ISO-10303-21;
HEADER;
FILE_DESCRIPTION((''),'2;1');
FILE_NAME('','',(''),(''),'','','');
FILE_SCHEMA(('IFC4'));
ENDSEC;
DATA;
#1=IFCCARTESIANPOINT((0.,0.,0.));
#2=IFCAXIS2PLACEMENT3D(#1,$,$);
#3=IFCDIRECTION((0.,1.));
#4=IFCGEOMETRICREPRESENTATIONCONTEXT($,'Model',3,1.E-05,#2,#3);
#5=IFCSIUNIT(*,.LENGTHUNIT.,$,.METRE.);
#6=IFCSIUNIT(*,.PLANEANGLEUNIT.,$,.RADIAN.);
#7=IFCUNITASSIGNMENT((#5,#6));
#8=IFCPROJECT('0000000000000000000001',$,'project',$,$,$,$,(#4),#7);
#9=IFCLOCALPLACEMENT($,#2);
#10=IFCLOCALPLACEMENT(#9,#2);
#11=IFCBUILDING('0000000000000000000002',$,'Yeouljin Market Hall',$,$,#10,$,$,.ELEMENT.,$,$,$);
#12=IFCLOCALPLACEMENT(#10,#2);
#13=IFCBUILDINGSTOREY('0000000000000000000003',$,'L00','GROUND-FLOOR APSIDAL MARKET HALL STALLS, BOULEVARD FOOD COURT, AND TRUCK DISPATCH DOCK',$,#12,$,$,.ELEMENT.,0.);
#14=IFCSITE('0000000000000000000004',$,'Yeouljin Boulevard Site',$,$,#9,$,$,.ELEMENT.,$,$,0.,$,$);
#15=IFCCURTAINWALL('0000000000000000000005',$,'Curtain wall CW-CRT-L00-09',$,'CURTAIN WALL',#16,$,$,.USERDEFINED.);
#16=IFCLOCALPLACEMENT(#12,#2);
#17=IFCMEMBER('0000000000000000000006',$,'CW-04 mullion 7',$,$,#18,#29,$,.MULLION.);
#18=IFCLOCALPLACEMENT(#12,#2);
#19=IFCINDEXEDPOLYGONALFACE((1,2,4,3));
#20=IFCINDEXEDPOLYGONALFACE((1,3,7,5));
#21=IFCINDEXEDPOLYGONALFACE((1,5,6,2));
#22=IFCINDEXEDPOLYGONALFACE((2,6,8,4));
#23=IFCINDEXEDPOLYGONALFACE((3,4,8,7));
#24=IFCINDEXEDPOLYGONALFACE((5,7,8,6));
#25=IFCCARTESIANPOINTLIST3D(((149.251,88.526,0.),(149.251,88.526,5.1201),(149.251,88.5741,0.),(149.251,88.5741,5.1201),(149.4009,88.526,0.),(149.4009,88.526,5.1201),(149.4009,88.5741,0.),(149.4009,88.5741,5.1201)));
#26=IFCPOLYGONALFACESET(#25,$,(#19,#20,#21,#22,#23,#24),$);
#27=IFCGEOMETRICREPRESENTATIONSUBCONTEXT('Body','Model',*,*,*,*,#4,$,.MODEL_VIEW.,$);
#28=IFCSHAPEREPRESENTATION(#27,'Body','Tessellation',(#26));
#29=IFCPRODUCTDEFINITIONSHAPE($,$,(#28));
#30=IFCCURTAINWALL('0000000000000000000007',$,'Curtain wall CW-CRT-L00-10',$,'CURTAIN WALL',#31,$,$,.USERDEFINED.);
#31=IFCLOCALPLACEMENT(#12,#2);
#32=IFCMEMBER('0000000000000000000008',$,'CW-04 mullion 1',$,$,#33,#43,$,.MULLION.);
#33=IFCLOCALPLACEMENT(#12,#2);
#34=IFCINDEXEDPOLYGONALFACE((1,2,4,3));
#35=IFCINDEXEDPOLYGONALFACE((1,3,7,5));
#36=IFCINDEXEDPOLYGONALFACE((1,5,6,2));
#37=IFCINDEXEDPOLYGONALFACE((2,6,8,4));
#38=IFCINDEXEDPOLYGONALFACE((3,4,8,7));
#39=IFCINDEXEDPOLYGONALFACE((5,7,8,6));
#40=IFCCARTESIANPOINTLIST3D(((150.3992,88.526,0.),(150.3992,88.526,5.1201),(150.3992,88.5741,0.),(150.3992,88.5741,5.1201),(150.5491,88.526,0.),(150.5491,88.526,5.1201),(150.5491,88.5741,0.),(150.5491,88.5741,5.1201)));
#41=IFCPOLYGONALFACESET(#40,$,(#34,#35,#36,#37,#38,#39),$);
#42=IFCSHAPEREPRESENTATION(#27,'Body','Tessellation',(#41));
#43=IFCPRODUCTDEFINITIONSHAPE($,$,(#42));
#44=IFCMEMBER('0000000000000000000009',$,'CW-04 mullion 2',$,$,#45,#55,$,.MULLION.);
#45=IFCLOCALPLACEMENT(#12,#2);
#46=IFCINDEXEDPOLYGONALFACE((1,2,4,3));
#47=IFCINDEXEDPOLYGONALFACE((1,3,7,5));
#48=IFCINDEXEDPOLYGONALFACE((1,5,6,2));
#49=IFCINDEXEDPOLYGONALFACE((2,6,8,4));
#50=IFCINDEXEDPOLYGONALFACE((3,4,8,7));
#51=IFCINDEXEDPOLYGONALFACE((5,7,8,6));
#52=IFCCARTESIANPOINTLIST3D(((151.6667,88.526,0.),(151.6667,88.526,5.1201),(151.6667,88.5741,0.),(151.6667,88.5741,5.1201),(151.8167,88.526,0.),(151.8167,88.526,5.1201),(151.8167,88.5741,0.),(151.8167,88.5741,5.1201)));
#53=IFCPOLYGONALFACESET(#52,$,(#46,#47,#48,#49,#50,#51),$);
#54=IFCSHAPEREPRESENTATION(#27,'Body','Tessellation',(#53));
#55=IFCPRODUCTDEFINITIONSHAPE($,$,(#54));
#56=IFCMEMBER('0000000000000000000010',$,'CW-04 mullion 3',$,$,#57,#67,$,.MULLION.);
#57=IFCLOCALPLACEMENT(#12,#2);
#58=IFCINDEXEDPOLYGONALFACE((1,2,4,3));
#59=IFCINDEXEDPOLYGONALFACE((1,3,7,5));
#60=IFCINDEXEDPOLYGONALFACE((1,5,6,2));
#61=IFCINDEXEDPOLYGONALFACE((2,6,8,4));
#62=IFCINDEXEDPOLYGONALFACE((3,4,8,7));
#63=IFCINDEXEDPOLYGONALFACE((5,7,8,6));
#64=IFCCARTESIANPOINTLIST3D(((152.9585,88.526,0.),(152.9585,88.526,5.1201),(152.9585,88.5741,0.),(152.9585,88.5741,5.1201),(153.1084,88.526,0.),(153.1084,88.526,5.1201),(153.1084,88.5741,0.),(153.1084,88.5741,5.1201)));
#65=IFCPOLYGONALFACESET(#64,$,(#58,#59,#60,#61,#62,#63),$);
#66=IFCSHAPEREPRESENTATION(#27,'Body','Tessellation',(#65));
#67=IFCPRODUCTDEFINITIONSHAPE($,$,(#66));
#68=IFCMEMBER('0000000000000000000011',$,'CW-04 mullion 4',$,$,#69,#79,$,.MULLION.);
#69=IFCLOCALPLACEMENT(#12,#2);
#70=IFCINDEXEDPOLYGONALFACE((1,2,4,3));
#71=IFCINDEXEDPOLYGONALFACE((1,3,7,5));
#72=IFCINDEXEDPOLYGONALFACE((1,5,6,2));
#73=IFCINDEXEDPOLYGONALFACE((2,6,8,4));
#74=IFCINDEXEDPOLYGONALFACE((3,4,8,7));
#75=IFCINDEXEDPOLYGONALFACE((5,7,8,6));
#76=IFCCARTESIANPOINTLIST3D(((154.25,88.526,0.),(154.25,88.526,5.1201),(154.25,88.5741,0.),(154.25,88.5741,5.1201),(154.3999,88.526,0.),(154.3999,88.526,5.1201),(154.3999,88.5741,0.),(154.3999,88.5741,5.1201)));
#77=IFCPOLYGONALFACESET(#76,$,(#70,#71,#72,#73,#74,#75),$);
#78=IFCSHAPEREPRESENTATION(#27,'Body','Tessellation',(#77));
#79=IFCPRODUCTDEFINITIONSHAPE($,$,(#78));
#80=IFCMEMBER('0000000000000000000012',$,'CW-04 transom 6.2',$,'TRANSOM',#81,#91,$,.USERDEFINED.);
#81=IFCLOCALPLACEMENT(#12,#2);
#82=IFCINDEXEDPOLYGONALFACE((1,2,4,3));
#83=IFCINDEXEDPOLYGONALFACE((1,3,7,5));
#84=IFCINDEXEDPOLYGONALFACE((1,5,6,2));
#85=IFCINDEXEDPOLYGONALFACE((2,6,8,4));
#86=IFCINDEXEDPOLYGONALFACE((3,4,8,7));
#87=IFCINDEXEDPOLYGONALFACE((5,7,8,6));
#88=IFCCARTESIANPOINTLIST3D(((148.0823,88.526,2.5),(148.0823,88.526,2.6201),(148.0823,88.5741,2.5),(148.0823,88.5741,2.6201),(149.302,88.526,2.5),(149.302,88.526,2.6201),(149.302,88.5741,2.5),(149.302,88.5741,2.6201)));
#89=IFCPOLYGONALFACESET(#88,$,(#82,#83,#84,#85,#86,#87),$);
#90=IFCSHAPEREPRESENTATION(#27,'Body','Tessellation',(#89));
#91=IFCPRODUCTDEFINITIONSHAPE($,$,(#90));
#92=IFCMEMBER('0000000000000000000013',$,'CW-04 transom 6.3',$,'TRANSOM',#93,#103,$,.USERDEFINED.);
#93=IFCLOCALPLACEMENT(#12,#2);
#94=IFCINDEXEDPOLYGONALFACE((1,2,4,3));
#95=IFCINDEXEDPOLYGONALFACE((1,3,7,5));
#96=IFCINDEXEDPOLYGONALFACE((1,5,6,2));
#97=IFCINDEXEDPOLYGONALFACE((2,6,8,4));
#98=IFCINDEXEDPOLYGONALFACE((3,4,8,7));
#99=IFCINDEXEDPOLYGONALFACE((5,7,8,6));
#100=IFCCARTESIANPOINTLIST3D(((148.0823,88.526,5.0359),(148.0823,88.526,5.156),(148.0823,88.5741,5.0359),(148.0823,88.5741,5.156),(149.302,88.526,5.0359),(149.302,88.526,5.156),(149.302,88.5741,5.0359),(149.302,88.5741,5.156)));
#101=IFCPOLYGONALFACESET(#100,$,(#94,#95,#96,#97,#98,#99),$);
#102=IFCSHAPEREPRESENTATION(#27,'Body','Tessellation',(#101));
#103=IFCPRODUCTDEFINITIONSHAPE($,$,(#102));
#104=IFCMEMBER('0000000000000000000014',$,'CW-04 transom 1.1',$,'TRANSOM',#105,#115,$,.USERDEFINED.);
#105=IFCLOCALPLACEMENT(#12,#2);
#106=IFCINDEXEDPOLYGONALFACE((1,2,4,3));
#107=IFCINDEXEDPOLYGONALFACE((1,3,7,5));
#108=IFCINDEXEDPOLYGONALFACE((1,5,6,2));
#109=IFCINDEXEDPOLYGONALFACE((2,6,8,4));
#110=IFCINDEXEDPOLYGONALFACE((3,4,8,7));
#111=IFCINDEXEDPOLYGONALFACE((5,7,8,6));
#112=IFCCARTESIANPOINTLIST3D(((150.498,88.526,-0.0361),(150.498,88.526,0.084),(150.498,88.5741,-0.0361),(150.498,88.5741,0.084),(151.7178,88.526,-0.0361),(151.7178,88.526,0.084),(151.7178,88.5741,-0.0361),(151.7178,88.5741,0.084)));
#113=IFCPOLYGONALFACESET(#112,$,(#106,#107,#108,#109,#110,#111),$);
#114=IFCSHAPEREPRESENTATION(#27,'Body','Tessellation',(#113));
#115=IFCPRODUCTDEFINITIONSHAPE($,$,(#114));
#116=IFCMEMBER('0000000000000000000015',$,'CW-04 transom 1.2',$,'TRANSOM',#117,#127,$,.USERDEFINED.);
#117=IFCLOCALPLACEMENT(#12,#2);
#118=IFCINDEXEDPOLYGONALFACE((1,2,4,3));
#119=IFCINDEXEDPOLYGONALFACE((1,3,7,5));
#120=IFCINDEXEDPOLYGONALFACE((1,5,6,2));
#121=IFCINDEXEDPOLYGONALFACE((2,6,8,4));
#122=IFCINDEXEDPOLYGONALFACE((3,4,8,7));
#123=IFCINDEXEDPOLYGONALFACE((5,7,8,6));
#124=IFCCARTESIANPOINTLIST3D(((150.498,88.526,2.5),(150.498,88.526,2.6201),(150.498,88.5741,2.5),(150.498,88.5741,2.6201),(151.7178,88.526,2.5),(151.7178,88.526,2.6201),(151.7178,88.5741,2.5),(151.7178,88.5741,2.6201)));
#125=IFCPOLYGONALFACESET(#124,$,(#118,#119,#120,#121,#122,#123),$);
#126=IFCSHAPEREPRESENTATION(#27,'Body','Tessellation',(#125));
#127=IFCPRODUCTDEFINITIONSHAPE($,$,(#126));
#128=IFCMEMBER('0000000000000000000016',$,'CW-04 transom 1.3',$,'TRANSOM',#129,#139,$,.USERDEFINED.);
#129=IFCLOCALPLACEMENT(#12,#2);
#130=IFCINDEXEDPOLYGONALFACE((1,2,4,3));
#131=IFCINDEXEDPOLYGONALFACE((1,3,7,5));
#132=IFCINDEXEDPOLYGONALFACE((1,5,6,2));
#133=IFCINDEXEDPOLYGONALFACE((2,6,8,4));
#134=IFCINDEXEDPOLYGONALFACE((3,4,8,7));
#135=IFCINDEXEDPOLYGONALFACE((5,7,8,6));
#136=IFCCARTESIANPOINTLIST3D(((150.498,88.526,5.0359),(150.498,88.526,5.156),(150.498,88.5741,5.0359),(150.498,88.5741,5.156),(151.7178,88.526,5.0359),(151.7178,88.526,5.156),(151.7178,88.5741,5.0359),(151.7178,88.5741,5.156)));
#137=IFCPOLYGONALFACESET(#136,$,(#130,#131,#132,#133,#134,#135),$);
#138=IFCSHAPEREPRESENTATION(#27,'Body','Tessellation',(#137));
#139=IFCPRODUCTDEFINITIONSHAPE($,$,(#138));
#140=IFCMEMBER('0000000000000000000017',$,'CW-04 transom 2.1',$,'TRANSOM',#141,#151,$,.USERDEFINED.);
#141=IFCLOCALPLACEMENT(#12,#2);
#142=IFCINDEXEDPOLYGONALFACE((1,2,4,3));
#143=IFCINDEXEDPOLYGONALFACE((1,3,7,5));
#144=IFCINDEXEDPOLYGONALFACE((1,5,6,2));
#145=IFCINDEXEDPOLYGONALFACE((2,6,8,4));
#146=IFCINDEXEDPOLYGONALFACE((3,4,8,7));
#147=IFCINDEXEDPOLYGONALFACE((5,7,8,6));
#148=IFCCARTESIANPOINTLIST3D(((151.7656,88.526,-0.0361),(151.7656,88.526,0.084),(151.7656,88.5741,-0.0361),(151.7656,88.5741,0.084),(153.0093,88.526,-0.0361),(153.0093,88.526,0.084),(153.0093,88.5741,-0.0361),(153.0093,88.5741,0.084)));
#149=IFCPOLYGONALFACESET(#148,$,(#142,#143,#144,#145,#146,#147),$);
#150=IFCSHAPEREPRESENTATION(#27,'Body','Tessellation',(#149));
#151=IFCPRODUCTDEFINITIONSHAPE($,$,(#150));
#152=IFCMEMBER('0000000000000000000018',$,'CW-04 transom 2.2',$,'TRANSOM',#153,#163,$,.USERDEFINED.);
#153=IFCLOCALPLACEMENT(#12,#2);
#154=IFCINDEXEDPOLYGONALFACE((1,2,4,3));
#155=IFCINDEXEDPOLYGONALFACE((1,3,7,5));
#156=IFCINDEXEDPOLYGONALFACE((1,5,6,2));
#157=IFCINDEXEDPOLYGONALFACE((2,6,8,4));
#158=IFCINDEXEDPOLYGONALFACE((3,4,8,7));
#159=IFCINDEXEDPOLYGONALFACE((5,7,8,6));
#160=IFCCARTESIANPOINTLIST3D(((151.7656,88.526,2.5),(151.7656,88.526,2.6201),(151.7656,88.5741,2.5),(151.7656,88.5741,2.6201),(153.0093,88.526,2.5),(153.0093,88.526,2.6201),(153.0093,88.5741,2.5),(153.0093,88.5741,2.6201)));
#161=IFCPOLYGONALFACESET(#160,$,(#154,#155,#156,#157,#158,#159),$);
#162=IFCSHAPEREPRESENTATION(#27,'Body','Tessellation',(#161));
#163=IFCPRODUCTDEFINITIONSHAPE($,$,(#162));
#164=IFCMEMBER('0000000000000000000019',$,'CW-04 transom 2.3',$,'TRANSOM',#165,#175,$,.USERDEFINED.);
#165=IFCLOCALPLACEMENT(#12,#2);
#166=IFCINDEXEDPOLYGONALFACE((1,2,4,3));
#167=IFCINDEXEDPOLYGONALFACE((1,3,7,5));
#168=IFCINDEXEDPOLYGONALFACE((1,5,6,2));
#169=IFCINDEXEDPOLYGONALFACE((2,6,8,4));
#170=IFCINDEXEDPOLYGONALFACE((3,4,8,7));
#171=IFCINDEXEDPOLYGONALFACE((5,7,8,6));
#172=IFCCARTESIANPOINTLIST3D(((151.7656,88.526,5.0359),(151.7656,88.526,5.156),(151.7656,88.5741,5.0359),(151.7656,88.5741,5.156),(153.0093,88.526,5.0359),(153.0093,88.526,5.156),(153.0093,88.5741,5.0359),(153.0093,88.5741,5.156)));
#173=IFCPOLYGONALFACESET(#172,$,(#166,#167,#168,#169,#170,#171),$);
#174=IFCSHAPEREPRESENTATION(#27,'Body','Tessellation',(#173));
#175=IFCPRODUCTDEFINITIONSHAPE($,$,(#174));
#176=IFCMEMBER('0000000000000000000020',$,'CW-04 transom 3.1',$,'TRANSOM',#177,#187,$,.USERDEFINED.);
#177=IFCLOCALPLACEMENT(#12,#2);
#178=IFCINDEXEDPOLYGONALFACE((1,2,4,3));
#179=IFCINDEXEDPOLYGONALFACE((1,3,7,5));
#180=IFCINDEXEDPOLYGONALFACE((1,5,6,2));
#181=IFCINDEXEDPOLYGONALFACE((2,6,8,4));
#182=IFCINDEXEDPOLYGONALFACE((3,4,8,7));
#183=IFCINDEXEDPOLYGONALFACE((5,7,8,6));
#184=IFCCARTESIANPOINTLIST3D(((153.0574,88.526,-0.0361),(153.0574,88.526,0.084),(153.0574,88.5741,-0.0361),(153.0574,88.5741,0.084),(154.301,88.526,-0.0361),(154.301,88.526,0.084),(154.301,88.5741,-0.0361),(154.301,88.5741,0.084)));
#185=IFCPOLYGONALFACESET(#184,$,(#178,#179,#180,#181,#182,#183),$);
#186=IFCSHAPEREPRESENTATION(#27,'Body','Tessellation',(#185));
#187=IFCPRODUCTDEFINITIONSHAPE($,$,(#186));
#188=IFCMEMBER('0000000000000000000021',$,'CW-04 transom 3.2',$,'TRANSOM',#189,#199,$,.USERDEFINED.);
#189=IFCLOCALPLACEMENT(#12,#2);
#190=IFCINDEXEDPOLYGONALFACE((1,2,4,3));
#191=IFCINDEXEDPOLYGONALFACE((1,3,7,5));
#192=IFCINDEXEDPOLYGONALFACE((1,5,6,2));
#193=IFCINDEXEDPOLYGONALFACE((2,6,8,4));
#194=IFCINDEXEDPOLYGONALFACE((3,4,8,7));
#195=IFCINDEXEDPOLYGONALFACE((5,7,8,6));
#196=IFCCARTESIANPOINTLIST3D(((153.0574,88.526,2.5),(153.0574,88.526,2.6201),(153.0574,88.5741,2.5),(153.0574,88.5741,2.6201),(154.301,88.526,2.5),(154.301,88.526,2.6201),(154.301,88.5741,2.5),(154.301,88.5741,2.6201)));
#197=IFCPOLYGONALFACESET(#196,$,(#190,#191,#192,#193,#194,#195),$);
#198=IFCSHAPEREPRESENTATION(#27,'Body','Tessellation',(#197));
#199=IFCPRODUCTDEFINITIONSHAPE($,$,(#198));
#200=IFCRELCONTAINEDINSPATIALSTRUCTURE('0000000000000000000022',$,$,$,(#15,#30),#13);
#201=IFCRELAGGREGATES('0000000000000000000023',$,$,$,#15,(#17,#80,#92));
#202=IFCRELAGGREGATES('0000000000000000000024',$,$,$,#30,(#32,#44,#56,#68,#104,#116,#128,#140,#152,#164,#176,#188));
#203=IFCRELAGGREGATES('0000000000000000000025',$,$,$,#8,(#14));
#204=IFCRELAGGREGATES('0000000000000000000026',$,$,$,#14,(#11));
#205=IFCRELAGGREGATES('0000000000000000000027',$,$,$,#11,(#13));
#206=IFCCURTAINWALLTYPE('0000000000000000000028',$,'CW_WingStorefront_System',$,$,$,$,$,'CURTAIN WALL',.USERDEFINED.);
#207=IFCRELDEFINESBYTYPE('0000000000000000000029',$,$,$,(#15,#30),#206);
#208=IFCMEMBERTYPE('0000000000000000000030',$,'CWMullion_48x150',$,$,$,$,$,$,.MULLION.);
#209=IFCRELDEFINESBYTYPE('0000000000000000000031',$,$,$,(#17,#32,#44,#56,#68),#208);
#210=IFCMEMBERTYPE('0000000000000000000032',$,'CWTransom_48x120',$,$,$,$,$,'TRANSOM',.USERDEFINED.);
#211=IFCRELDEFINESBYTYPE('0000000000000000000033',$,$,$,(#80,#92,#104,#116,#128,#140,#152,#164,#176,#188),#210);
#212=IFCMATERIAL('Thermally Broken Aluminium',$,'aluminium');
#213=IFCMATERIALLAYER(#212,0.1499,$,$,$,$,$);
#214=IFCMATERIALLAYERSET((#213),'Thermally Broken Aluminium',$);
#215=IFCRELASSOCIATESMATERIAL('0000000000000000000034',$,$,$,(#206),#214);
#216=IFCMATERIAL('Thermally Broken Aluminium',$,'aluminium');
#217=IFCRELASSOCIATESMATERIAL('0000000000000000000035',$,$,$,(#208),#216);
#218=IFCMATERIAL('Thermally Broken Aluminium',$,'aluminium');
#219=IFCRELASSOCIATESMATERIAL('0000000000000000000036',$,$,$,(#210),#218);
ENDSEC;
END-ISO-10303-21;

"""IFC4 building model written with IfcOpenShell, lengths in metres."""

from ifc_helpers import new_model, si_unit, direction, frame, origin, origin_2d, place, context, subcontext, project, spatial, rectangle, extrude, material, layer, layer_set, material_profile, profile_set, type_object, element, aggregate, save


model = new_model("IFC4")

# Units and contexts
model_context = context("Model", 3, precision=1e-05, world=origin(), true_north=direction((0.0, 1.0)))
body_context = subcontext(model_context, "Body", "Model", "MODEL_VIEW")
ifc_project = project(units=[si_unit("LENGTHUNIT", "METRE"), si_unit("PLANEANGLEUNIT", "RADIAN")], contexts=[model_context])

# Site, building, storey
site_placement = place(None, origin())
site = spatial("IfcSite", under=ifc_project, at=site_placement, Name="Yeouljin Boulevard Site", CompositionType="ELEMENT", RefElevation=0.0)
building_placement = place(site_placement, origin())
building = spatial("IfcBuilding", under=site, at=building_placement, Name="Yeouljin Market Hall", CompositionType="ELEMENT")
storey_placement = place(building_placement, origin())
storey = spatial("IfcBuildingStorey", under=building, at=storey_placement, Name="L00", Description="GROUND-FLOOR APSIDAL MARKET HALL STALLS, BOULEVARD FOOD COURT, AND TRUCK DISPATCH DOCK", CompositionType="ELEMENT", Elevation=0.0)

# Curtain wall, member
ifc_material_1 = material(Name="Thermally Broken Aluminium", Category="aluminium")
ifc_layer_1 = layer(ifc_material_1, 0.1499)
ifc_layer_set_1 = layer_set([ifc_layer_1], Name="Thermally Broken Aluminium")
curtain_wall_type = type_object("IfcCurtainWallType", Name="CW_WingStorefront_System", ElementType="CURTAIN WALL", PredefinedType="USERDEFINED", material=ifc_layer_set_1)
curtain_wall_1_placement = place(storey_placement, origin())
curtain_wall_1 = element("IfcCurtainWall", 1, at=curtain_wall_1_placement, inside=storey, type_object=curtain_wall_type, Name="Curtain wall CW-CRT-L00-09", ObjectType="CURTAIN WALL", PredefinedType="USERDEFINED")
ifc_material_2 = material(Name="Thermally Broken Aluminium", Category="aluminium")
ifc_material_profile_1 = material_profile(ifc_material_2, rectangle(XDim=0.0481, YDim=0.1499, at=origin_2d()), Name="CW-MULL-48x150")
ifc_profile_set_1 = profile_set([ifc_material_profile_1], Name="Thermally Broken Aluminium")
member_type_1 = type_object("IfcMemberType", Name="CWMullion_48x150", PredefinedType="MULLION", material=ifc_profile_set_1)
member_1_placement = place(storey_placement, frame((149.3259, 88.55, 0.0), z_axis=(0.0, 0.0, 1.0), x_axis=(0.0, 1.0, 0.0)))
member_1 = element("IfcMember", 2, at=member_1_placement, type_object=member_type_1, Name="CW-04 mullion 7", PredefinedType="MULLION", context=body_context, shape_type="SweptSolid", body=[
    extrude(rectangle(XDim=0.0481, YDim=0.1499, at=origin_2d()), origin(), (0.0, 0.0, 1.0), 5.1201),
])

# Curtain wall, members
curtain_wall_2_placement = place(storey_placement, origin())
curtain_wall_2 = element("IfcCurtainWall", 3, at=curtain_wall_2_placement, inside=storey, type_object=curtain_wall_type, Name="Curtain wall CW-CRT-L00-10", ObjectType="CURTAIN WALL", PredefinedType="USERDEFINED")
member_2_placement = place(storey_placement, frame((150.4741, 88.55, 0.0), z_axis=(0.0, 0.0, 1.0), x_axis=(0.0, 1.0, 0.0)))
member_2 = element("IfcMember", 4, at=member_2_placement, type_object=member_type_1, Name="CW-04 mullion 1", PredefinedType="MULLION", context=body_context, shape_type="SweptSolid", body=[
    extrude(rectangle(XDim=0.0481, YDim=0.1499, at=origin_2d()), origin(), (0.0, 0.0, 1.0), 5.1201),
])
member_3_placement = place(storey_placement, frame((151.7417, 88.55, 0.0), z_axis=(0.0, 0.0, 1.0), x_axis=(0.0, 1.0, 0.0)))
member_3 = element("IfcMember", 5, at=member_3_placement, type_object=member_type_1, Name="CW-04 mullion 2", PredefinedType="MULLION", context=body_context, shape_type="SweptSolid", body=[
    extrude(rectangle(XDim=0.0481, YDim=0.1499, at=origin_2d()), origin(), (0.0, 0.0, 1.0), 5.1201),
])
member_4_placement = place(storey_placement, frame((153.0334, 88.55, 0.0), z_axis=(0.0, 0.0, 1.0), x_axis=(0.0, 1.0, 0.0)))
member_4 = element("IfcMember", 6, at=member_4_placement, type_object=member_type_1, Name="CW-04 mullion 3", PredefinedType="MULLION", context=body_context, shape_type="SweptSolid", body=[
    extrude(rectangle(XDim=0.0481, YDim=0.1499, at=origin_2d()), origin(), (0.0, 0.0, 1.0), 5.1201),
])
member_5_placement = place(storey_placement, frame((154.325, 88.55, 0.0), z_axis=(0.0, 0.0, 1.0), x_axis=(0.0, 1.0, 0.0)))
member_5 = element("IfcMember", 7, at=member_5_placement, type_object=member_type_1, Name="CW-04 mullion 4", PredefinedType="MULLION", context=body_context, shape_type="SweptSolid", body=[
    extrude(rectangle(XDim=0.0481, YDim=0.1499, at=origin_2d()), origin(), (0.0, 0.0, 1.0), 5.1201),
])

# Members
ifc_material_3 = material(Name="Thermally Broken Aluminium", Category="aluminium")
ifc_material_profile_2 = material_profile(ifc_material_3, rectangle(XDim=0.0481, YDim=0.1201, at=origin_2d()), Name="CW-TRAN-48x120")
ifc_profile_set_2 = profile_set([ifc_material_profile_2], Name="Thermally Broken Aluminium")
member_type_2 = type_object("IfcMemberType", Name="CWTransom_48x120", ElementType="TRANSOM", PredefinedType="USERDEFINED", material=ifc_profile_set_2)
member_6_placement = place(storey_placement, frame((148.0823, 88.55, 2.5601), z_axis=(1.0, 0.0, 0.0), x_axis=(0.0, 1.0, 0.0)))
member_6 = element("IfcMember", 8, at=member_6_placement, type_object=member_type_2, Name="CW-04 transom 6.2", ObjectType="TRANSOM", PredefinedType="USERDEFINED", context=body_context, shape_type="SweptSolid", body=[
    extrude(rectangle(XDim=0.0481, YDim=0.1201, at=origin_2d()), origin(), (0.0, 0.0, 1.0), 1.2197),
])
member_7_placement = place(storey_placement, frame((148.0823, 88.55, 5.0959), z_axis=(1.0, 0.0, 0.0), x_axis=(0.0, 1.0, 0.0)))
member_7 = element("IfcMember", 9, at=member_7_placement, type_object=member_type_2, Name="CW-04 transom 6.3", ObjectType="TRANSOM", PredefinedType="USERDEFINED", context=body_context, shape_type="SweptSolid", body=[
    extrude(rectangle(XDim=0.0481, YDim=0.1201, at=origin_2d()), origin(), (0.0, 0.0, 1.0), 1.2197),
])
member_8_placement = place(storey_placement, frame((150.498, 88.55, 0.0239), z_axis=(1.0, 0.0, 0.0), x_axis=(0.0, 1.0, 0.0)))
member_8 = element("IfcMember", 10, at=member_8_placement, type_object=member_type_2, Name="CW-04 transom 1.1", ObjectType="TRANSOM", PredefinedType="USERDEFINED", context=body_context, shape_type="SweptSolid", body=[
    extrude(rectangle(XDim=0.0481, YDim=0.1201, at=origin_2d()), origin(), (0.0, 0.0, 1.0), 1.2197),
])
member_9_placement = place(storey_placement, frame((150.498, 88.55, 2.5601), z_axis=(1.0, 0.0, 0.0), x_axis=(0.0, 1.0, 0.0)))
member_9 = element("IfcMember", 11, at=member_9_placement, type_object=member_type_2, Name="CW-04 transom 1.2", ObjectType="TRANSOM", PredefinedType="USERDEFINED", context=body_context, shape_type="SweptSolid", body=[
    extrude(rectangle(XDim=0.0481, YDim=0.1201, at=origin_2d()), origin(), (0.0, 0.0, 1.0), 1.2197),
])
member_10_placement = place(storey_placement, frame((150.498, 88.55, 5.0959), z_axis=(1.0, 0.0, 0.0), x_axis=(0.0, 1.0, 0.0)))
member_10 = element("IfcMember", 12, at=member_10_placement, type_object=member_type_2, Name="CW-04 transom 1.3", ObjectType="TRANSOM", PredefinedType="USERDEFINED", context=body_context, shape_type="SweptSolid", body=[
    extrude(rectangle(XDim=0.0481, YDim=0.1201, at=origin_2d()), origin(), (0.0, 0.0, 1.0), 1.2197),
])
member_11_placement = place(storey_placement, frame((151.7656, 88.55, 0.0239), z_axis=(1.0, 0.0, 0.0), x_axis=(0.0, 1.0, 0.0)))
member_11 = element("IfcMember", 13, at=member_11_placement, type_object=member_type_2, Name="CW-04 transom 2.1", ObjectType="TRANSOM", PredefinedType="USERDEFINED", context=body_context, shape_type="SweptSolid", body=[
    extrude(rectangle(XDim=0.0481, YDim=0.1201, at=origin_2d()), origin(), (0.0, 0.0, 1.0), 1.2437),
])
member_12_placement = place(storey_placement, frame((151.7656, 88.55, 2.5601), z_axis=(1.0, 0.0, 0.0), x_axis=(0.0, 1.0, 0.0)))
member_12 = element("IfcMember", 14, at=member_12_placement, type_object=member_type_2, Name="CW-04 transom 2.2", ObjectType="TRANSOM", PredefinedType="USERDEFINED", context=body_context, shape_type="SweptSolid", body=[
    extrude(rectangle(XDim=0.0481, YDim=0.1201, at=origin_2d()), origin(), (0.0, 0.0, 1.0), 1.2437),
])
member_13_placement = place(storey_placement, frame((151.7656, 88.55, 5.0959), z_axis=(1.0, 0.0, 0.0), x_axis=(0.0, 1.0, 0.0)))
member_13 = element("IfcMember", 15, at=member_13_placement, type_object=member_type_2, Name="CW-04 transom 2.3", ObjectType="TRANSOM", PredefinedType="USERDEFINED", context=body_context, shape_type="SweptSolid", body=[
    extrude(rectangle(XDim=0.0481, YDim=0.1201, at=origin_2d()), origin(), (0.0, 0.0, 1.0), 1.2437),
])
member_14_placement = place(storey_placement, frame((153.0574, 88.55, 0.0239), z_axis=(1.0, 0.0, 0.0), x_axis=(0.0, 1.0, 0.0)))
member_14 = element("IfcMember", 16, at=member_14_placement, type_object=member_type_2, Name="CW-04 transom 3.1", ObjectType="TRANSOM", PredefinedType="USERDEFINED", context=body_context, shape_type="SweptSolid", body=[
    extrude(rectangle(XDim=0.0481, YDim=0.1201, at=origin_2d()), origin(), (0.0, 0.0, 1.0), 1.2437),
])
member_15_placement = place(storey_placement, frame((153.0574, 88.55, 2.5601), z_axis=(1.0, 0.0, 0.0), x_axis=(0.0, 1.0, 0.0)))
member_15 = element("IfcMember", 17, at=member_15_placement, type_object=member_type_2, Name="CW-04 transom 3.2", ObjectType="TRANSOM", PredefinedType="USERDEFINED", context=body_context, shape_type="SweptSolid", body=[
    extrude(rectangle(XDim=0.0481, YDim=0.1201, at=origin_2d()), origin(), (0.0, 0.0, 1.0), 1.2437),
])

aggregate(curtain_wall_1, [member_1, member_6, member_7])
aggregate(curtain_wall_2, [member_2, member_3, member_4, member_5, member_8, member_9, member_10, member_11, member_12, member_13, member_14, member_15])

save(model, "model.ifc")
